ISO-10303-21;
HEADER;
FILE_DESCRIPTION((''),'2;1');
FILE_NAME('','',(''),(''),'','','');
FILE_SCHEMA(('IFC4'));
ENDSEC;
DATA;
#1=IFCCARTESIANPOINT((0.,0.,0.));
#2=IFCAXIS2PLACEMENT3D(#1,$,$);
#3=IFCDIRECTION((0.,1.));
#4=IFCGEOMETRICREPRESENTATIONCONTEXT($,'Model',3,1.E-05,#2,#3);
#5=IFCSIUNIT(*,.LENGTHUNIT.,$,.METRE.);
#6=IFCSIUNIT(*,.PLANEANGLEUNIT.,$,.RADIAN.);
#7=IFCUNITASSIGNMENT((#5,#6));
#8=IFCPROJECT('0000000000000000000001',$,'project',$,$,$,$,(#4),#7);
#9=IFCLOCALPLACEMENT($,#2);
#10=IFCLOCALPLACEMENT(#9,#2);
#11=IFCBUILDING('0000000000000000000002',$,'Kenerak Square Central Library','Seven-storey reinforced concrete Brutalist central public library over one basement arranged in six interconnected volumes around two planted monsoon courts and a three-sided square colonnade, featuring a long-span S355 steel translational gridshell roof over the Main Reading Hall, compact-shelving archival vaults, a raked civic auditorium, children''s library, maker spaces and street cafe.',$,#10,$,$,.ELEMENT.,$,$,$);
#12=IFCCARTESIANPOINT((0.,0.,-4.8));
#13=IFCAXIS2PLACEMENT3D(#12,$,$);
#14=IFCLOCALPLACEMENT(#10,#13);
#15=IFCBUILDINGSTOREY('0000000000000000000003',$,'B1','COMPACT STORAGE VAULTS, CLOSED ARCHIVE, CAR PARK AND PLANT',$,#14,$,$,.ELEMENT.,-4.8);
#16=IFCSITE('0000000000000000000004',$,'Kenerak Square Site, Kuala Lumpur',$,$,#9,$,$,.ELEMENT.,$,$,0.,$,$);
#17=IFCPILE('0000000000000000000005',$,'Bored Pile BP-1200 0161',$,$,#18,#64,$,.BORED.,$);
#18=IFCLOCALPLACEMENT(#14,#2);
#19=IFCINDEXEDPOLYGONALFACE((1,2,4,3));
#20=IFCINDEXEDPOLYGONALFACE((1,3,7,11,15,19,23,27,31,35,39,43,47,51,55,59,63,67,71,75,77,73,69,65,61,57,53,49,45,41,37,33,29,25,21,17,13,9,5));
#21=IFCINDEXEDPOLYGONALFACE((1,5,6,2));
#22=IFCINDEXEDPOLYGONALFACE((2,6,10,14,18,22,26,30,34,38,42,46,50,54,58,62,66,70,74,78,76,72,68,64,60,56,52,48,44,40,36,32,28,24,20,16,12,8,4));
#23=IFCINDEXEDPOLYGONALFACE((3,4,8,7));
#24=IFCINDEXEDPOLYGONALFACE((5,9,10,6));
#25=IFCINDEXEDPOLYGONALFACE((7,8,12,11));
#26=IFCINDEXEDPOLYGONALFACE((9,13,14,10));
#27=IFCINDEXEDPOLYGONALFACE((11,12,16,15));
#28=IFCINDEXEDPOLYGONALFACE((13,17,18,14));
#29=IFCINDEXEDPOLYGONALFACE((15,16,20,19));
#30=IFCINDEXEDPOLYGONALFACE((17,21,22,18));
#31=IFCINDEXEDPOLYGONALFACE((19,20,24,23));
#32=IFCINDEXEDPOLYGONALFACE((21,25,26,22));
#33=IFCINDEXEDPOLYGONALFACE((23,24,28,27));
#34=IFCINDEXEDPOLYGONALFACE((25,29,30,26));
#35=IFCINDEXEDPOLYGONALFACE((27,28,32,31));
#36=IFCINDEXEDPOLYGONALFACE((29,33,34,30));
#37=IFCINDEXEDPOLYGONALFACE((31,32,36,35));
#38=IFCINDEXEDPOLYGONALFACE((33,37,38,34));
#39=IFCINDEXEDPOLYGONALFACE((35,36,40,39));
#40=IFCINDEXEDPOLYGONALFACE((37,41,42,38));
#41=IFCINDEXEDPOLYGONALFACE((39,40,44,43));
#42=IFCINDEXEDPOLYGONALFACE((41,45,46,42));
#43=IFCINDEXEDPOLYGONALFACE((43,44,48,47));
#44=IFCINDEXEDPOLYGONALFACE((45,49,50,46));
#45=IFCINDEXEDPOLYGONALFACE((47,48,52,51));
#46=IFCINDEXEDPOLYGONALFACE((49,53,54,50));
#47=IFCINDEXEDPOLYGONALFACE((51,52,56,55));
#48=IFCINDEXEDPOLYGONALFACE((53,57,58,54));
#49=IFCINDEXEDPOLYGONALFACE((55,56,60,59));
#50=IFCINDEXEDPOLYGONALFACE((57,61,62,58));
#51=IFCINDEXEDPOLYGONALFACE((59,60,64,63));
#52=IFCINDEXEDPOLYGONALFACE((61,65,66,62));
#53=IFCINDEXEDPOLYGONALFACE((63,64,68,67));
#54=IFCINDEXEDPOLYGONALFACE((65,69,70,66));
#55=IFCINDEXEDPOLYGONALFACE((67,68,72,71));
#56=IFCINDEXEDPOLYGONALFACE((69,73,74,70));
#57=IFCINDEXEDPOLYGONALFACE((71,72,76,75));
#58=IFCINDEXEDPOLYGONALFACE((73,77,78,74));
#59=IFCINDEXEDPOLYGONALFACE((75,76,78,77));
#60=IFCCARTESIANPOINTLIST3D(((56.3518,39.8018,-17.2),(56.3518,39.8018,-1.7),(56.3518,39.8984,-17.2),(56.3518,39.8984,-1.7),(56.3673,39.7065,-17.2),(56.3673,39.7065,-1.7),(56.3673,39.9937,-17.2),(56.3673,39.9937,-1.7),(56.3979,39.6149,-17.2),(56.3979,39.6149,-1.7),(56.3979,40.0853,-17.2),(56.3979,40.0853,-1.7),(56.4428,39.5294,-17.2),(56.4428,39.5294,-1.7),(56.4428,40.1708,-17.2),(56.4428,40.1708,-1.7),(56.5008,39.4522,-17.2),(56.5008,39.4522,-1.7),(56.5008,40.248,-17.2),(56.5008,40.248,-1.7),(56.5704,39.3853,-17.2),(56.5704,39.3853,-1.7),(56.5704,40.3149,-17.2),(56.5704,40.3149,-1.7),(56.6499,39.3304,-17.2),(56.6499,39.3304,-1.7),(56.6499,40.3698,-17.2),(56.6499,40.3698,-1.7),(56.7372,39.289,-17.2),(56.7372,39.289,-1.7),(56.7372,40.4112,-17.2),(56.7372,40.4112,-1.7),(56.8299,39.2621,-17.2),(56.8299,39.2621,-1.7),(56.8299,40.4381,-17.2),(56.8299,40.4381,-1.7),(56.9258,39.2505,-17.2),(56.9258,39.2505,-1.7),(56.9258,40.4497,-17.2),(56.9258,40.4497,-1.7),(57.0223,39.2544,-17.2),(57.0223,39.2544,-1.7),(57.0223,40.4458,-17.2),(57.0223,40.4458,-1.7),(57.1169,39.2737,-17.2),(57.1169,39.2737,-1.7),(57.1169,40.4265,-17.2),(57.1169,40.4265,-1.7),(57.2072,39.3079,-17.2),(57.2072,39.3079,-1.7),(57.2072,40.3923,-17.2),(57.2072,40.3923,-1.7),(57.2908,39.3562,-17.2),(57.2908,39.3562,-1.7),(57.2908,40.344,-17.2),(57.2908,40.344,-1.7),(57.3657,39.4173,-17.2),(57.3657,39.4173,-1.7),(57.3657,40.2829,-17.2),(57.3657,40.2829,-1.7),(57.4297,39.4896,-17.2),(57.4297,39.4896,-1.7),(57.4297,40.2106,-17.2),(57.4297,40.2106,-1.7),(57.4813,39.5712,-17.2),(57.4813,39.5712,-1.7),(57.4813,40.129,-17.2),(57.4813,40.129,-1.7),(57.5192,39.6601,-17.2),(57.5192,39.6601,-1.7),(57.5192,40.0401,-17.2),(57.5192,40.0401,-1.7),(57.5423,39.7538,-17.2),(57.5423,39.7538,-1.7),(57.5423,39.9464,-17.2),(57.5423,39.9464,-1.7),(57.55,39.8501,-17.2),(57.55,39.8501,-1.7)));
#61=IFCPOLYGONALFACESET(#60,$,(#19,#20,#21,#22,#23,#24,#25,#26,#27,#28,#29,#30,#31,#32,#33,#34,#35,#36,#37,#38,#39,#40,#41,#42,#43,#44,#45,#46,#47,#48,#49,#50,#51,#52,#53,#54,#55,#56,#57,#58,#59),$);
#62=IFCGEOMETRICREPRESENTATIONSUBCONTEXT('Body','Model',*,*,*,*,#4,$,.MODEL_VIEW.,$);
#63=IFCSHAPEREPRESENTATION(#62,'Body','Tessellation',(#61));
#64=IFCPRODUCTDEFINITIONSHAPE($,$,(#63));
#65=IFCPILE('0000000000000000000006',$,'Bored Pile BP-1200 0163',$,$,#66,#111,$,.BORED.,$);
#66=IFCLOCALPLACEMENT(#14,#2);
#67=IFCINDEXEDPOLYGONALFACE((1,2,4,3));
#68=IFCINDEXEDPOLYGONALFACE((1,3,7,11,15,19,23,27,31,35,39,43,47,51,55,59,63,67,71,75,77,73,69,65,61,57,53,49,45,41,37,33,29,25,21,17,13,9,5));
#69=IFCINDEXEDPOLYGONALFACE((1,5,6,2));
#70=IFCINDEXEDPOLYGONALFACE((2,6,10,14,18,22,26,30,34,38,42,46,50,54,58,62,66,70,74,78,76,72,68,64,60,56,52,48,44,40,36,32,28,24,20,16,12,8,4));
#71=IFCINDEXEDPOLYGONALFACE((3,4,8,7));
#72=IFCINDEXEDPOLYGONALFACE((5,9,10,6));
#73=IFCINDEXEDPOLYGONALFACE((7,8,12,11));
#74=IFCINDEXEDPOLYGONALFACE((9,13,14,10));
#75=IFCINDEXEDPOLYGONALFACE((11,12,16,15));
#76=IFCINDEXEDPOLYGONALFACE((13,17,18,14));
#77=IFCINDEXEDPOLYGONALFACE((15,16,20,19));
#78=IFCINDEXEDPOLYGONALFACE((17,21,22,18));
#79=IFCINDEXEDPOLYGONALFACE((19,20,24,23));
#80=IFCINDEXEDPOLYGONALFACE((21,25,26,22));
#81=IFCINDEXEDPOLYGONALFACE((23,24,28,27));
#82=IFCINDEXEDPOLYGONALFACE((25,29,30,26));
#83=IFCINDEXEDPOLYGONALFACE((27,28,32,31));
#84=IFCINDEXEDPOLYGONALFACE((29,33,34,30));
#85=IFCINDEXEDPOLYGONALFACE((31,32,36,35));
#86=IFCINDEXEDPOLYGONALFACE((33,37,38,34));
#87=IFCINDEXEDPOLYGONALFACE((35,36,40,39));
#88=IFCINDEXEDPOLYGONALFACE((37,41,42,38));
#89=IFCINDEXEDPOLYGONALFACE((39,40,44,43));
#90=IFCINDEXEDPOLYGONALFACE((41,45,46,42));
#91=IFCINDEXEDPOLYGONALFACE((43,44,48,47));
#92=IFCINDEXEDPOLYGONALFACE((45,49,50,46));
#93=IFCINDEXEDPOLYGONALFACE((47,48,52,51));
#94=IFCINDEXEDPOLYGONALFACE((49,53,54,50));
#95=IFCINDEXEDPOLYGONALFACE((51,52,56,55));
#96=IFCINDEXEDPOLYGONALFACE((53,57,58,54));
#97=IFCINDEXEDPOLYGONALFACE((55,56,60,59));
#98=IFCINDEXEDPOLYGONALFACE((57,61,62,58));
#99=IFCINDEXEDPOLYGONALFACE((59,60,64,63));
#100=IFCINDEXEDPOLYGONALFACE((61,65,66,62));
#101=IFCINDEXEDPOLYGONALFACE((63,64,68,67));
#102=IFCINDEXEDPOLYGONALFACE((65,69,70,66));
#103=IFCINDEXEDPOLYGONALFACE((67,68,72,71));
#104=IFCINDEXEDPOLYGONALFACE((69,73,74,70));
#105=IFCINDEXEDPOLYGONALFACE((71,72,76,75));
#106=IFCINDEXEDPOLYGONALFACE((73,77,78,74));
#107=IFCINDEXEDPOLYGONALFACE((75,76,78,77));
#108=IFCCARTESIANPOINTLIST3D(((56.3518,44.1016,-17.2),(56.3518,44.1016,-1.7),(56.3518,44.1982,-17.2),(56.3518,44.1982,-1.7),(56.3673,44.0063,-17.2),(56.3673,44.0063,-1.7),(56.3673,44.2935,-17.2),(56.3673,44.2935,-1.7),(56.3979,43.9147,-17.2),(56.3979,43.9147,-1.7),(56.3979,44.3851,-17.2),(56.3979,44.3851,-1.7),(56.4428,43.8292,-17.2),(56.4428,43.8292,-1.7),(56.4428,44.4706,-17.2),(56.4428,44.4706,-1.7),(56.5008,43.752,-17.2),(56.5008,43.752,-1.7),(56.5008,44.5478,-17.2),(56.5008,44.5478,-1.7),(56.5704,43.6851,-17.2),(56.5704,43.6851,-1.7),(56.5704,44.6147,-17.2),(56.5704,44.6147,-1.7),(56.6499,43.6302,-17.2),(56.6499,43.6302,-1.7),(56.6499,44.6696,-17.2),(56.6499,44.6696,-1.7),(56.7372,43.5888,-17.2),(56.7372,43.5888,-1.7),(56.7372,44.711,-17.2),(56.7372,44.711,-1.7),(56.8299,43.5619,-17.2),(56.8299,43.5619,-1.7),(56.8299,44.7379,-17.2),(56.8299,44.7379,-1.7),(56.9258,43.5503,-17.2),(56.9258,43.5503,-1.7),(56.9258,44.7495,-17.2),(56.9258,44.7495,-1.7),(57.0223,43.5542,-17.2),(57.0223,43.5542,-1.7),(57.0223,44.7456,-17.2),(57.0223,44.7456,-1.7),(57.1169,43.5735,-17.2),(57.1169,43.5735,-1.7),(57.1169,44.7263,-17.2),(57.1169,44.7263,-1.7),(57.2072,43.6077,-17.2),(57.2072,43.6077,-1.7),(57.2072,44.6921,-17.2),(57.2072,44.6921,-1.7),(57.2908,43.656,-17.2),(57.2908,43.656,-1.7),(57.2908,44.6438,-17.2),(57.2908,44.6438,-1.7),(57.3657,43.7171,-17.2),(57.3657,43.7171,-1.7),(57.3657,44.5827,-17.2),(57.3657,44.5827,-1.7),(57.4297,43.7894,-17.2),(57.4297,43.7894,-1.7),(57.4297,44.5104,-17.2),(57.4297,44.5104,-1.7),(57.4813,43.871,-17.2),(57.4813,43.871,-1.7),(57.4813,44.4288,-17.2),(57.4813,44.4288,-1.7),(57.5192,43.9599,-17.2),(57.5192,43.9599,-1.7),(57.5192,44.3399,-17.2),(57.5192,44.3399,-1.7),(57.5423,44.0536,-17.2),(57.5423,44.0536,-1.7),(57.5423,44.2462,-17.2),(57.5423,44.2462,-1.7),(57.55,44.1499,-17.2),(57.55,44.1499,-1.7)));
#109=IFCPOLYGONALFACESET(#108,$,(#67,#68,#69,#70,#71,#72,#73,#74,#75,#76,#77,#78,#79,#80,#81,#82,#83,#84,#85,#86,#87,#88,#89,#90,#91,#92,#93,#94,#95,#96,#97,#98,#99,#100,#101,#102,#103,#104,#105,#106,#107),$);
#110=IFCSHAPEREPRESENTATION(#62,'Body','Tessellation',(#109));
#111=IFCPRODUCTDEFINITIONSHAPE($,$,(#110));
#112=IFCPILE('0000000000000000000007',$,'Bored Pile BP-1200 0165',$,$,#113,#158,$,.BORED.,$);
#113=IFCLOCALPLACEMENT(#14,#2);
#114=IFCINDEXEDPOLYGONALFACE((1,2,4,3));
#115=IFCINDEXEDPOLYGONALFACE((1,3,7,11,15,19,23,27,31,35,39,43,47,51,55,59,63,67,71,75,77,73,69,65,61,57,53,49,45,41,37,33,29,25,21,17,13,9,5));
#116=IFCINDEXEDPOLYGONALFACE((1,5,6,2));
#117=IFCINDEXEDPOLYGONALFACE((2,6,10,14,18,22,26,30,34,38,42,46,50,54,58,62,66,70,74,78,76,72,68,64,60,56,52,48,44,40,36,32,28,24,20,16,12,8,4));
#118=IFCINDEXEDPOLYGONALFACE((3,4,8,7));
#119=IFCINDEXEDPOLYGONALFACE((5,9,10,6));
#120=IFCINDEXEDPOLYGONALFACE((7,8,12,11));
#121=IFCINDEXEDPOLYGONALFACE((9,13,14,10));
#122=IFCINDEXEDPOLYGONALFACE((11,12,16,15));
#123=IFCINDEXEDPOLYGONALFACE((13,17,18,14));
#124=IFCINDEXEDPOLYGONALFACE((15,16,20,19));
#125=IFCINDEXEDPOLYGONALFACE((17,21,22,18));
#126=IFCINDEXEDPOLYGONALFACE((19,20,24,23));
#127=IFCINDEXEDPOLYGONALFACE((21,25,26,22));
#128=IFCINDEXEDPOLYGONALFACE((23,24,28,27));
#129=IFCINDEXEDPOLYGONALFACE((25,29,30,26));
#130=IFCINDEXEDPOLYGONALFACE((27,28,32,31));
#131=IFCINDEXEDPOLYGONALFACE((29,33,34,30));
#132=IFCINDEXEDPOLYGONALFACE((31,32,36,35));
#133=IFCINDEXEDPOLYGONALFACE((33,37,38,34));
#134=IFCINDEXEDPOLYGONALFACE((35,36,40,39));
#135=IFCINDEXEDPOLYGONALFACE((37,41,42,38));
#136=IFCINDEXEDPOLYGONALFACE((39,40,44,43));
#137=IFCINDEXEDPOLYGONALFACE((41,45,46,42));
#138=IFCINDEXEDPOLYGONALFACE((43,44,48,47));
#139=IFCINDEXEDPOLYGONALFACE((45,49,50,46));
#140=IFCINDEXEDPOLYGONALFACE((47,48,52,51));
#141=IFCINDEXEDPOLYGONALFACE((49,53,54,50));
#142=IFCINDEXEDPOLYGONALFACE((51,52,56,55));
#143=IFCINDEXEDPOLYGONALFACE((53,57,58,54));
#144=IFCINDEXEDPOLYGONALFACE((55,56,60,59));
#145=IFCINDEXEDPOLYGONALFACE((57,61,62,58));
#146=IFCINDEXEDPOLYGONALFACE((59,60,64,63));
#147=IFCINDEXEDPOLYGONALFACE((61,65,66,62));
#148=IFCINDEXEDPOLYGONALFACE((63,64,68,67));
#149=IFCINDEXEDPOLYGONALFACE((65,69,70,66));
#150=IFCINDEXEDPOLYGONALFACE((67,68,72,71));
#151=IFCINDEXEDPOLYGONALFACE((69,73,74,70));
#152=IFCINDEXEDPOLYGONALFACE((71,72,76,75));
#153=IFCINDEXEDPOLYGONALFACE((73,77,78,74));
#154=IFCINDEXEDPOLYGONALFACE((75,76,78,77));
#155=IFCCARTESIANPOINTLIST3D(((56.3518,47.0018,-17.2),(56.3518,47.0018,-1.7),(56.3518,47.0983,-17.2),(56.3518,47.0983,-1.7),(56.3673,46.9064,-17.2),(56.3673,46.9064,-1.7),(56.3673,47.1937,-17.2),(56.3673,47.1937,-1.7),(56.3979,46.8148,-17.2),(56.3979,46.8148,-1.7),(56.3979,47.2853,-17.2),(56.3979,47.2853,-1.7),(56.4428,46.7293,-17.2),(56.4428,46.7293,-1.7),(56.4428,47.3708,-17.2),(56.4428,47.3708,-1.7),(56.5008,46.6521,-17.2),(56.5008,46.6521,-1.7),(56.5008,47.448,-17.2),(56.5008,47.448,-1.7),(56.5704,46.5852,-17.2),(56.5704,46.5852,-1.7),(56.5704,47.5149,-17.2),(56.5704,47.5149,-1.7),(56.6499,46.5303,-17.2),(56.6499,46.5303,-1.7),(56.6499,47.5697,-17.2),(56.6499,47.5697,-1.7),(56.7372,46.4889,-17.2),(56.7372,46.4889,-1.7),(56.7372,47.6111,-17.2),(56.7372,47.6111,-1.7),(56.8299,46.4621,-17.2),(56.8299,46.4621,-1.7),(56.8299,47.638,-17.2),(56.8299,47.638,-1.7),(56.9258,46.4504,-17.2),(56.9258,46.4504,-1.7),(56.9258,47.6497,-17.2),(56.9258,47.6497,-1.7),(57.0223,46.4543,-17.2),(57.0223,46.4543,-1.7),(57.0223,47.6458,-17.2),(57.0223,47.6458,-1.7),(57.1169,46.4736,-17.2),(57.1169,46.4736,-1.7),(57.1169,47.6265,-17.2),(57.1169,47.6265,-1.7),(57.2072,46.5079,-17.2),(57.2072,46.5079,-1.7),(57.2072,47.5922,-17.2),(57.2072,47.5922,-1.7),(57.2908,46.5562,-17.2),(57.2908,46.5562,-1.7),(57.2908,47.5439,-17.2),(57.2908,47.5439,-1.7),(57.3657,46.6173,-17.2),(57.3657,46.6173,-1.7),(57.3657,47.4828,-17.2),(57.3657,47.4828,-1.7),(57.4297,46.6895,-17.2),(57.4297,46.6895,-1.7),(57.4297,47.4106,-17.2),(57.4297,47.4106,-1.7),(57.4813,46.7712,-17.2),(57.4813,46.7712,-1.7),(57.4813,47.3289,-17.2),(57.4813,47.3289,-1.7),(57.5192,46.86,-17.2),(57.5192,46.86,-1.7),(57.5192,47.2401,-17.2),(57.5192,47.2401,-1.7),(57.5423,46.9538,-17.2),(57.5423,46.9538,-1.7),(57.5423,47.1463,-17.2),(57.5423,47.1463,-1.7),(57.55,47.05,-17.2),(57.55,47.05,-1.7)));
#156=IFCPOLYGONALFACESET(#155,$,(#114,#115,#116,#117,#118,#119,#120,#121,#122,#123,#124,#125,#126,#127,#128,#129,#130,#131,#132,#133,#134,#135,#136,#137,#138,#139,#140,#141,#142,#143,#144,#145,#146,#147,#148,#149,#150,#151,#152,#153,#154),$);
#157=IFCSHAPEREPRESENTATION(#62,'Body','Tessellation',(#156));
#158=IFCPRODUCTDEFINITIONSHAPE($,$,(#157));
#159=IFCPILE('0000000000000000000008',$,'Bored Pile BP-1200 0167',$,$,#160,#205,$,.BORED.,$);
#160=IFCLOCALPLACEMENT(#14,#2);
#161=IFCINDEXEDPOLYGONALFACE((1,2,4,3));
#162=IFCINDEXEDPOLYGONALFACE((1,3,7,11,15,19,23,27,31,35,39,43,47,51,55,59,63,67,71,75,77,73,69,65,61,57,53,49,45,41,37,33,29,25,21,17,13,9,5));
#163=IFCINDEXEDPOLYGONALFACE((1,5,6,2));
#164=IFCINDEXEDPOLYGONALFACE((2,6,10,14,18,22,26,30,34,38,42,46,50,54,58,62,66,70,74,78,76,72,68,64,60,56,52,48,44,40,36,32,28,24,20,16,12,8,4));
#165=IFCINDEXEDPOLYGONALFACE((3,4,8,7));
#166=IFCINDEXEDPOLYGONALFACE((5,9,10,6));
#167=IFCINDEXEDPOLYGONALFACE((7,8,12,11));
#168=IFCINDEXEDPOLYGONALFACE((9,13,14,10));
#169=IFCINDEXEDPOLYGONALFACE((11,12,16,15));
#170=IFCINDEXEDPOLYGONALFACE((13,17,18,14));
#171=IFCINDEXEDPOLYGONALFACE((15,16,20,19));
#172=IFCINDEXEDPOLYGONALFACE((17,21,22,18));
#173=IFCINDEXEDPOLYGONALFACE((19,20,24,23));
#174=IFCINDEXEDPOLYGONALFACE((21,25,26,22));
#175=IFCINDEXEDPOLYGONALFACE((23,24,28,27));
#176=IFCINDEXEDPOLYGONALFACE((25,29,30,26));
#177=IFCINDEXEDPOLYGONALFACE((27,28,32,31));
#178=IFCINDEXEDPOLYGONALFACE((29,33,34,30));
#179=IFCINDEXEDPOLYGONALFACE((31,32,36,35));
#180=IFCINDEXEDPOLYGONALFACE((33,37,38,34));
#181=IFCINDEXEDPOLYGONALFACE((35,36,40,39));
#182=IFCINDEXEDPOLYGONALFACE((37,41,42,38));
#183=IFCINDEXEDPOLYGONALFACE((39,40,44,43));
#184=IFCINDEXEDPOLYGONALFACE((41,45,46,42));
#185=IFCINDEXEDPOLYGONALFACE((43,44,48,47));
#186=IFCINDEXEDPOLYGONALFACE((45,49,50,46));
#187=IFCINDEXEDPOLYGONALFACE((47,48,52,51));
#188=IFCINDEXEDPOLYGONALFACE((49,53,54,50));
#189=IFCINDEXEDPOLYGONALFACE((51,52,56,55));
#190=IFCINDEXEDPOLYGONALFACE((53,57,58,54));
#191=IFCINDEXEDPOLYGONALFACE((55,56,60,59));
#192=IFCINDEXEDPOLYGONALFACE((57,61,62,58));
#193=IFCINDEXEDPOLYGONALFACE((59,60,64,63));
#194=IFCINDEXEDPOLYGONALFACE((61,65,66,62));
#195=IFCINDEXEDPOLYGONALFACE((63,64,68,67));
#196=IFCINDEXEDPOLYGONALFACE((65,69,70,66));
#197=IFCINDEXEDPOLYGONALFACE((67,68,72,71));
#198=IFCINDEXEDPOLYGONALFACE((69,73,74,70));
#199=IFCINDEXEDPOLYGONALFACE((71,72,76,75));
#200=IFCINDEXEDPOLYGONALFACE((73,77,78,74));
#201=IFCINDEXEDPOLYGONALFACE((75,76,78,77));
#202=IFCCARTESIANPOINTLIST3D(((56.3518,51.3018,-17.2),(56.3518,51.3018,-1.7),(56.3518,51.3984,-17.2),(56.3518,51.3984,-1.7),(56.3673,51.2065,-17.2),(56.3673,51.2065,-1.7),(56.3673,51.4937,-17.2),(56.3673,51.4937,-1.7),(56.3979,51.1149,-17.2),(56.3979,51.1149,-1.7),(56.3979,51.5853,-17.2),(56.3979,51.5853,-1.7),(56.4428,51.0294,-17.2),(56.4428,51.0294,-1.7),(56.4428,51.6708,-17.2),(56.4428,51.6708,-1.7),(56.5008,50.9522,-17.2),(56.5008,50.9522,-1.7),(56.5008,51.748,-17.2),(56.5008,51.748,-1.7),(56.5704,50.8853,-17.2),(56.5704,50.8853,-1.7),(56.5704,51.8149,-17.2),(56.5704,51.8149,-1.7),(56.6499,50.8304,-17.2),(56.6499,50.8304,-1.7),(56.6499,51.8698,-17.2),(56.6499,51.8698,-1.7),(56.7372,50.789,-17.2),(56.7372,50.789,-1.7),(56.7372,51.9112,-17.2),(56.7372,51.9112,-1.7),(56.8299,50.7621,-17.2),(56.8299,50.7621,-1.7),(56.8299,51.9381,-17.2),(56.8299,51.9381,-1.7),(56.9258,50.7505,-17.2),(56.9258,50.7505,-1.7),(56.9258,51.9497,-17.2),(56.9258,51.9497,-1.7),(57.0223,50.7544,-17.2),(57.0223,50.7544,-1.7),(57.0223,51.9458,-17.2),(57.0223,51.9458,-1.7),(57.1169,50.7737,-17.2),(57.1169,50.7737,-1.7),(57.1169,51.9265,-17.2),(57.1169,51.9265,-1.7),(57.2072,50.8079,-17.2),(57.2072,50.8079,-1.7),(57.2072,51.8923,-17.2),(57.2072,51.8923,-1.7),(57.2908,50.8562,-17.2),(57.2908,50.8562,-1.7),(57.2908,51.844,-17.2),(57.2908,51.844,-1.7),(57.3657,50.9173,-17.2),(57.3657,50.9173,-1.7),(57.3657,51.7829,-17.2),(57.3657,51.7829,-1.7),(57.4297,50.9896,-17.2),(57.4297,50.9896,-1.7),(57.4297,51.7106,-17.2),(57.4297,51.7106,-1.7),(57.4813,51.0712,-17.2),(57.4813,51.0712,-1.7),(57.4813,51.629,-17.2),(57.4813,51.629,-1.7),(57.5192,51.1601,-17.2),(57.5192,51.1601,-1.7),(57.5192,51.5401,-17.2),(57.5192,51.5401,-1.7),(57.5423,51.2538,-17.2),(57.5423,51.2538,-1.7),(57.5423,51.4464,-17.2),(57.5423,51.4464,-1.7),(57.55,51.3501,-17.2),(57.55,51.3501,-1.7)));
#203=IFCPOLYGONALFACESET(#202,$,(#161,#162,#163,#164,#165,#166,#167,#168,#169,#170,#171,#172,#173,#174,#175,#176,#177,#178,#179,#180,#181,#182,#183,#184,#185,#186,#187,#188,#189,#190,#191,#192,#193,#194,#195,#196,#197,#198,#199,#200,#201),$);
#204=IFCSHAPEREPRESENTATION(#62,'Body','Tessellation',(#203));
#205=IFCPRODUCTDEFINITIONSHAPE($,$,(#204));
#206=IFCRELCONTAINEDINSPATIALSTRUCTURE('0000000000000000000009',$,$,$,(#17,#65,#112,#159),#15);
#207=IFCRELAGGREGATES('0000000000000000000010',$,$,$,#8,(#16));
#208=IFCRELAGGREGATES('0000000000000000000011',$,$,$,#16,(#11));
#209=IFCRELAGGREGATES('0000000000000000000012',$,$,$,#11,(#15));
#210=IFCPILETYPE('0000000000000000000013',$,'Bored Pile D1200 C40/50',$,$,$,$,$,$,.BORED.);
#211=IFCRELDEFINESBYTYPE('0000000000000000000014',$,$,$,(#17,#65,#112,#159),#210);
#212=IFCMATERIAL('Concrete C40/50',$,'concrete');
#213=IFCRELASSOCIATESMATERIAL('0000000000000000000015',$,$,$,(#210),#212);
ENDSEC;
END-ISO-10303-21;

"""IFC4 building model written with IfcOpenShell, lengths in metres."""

from ifc_helpers import new_model, si_unit, direction, frame, origin, origin_2d, place, context, subcontext, project, spatial, circle, extrude, material, material_profile, profile_set, type_object, element, save


model = new_model("IFC4")

# Units and contexts
model_context = context("Model", 3, precision=1e-05, world=origin(), true_north=direction((0.0, 1.0)))
body_context = subcontext(model_context, "Body", "Model", "MODEL_VIEW")
ifc_project = project(units=[si_unit("LENGTHUNIT", "METRE"), si_unit("PLANEANGLEUNIT", "RADIAN")], contexts=[model_context])

# Site, building, storey
site_placement = place(None, origin())
site = spatial("IfcSite", under=ifc_project, at=site_placement, Name="Kenerak Square Site, Kuala Lumpur", CompositionType="ELEMENT", RefElevation=0.0)
building_placement = place(site_placement, origin())
building = spatial("IfcBuilding", under=site, at=building_placement, Name="Kenerak Square Central Library", Description="Seven-storey reinforced concrete Brutalist central public library over one basement arranged in six interconnected volumes around two planted monsoon courts and a three-sided square colonnade, featuring a long-span S355 steel translational gridshell roof over the Main Reading Hall, compact-shelving archival vaults, a raked civic auditorium, children's library, maker spaces and street cafe.", CompositionType="ELEMENT")
storey_placement = place(building_placement, frame((0.0, 0.0, -4.8)))
storey = spatial("IfcBuildingStorey", under=building, at=storey_placement, Name="B1", Description="COMPACT STORAGE VAULTS, CLOSED ARCHIVE, CAR PARK AND PLANT", CompositionType="ELEMENT", Elevation=-4.8)

# Piles
ifc_material_1 = material(Name="Concrete C40/50", Category="concrete")
ifc_material_profile_1 = material_profile(ifc_material_1, circle(Radius=0.6001, at=origin_2d()), Name="BP D1200")
ifc_profile_set_1 = profile_set([ifc_material_profile_1], Name="Concrete C40/50")
pile_type_1 = type_object("IfcPileType", Name="Bored Pile D1200 C40/50", PredefinedType="BORED", material=ifc_profile_set_1)
for number, where, z_axis, x_axis, name in (
    (1, (56.95, 39.8501, -1.7), (0.0, 0.0, -1.0), (1.0, 0.0, 0.0), "Bored Pile BP-1200 0161"),
    (2, (56.95, 44.1499, -1.7), (0.0, 0.0, -1.0), (1.0, 0.0, 0.0), "Bored Pile BP-1200 0163"),
    (3, (56.95, 47.05, -1.7), (0.0, 0.0, -1.0), (1.0, 0.0, 0.0), "Bored Pile BP-1200 0165"),
    (4, (56.95, 51.3501, -1.7), (0.0, 0.0, -1.0), (1.0, 0.0, 0.0), "Bored Pile BP-1200 0167"),
):
    element("IfcPile", number, at=place(storey_placement, frame(where, z_axis=z_axis, x_axis=x_axis)), inside=storey, type_object=pile_type_1, Name=name, PredefinedType="BORED", context=body_context, shape_type="SweptSolid", body=[
        extrude(circle(Radius=0.6001, at=origin_2d()), origin(), (0.0, 0.0, 1.0), 15.5),
    ])

save(model, "model.ifc")
